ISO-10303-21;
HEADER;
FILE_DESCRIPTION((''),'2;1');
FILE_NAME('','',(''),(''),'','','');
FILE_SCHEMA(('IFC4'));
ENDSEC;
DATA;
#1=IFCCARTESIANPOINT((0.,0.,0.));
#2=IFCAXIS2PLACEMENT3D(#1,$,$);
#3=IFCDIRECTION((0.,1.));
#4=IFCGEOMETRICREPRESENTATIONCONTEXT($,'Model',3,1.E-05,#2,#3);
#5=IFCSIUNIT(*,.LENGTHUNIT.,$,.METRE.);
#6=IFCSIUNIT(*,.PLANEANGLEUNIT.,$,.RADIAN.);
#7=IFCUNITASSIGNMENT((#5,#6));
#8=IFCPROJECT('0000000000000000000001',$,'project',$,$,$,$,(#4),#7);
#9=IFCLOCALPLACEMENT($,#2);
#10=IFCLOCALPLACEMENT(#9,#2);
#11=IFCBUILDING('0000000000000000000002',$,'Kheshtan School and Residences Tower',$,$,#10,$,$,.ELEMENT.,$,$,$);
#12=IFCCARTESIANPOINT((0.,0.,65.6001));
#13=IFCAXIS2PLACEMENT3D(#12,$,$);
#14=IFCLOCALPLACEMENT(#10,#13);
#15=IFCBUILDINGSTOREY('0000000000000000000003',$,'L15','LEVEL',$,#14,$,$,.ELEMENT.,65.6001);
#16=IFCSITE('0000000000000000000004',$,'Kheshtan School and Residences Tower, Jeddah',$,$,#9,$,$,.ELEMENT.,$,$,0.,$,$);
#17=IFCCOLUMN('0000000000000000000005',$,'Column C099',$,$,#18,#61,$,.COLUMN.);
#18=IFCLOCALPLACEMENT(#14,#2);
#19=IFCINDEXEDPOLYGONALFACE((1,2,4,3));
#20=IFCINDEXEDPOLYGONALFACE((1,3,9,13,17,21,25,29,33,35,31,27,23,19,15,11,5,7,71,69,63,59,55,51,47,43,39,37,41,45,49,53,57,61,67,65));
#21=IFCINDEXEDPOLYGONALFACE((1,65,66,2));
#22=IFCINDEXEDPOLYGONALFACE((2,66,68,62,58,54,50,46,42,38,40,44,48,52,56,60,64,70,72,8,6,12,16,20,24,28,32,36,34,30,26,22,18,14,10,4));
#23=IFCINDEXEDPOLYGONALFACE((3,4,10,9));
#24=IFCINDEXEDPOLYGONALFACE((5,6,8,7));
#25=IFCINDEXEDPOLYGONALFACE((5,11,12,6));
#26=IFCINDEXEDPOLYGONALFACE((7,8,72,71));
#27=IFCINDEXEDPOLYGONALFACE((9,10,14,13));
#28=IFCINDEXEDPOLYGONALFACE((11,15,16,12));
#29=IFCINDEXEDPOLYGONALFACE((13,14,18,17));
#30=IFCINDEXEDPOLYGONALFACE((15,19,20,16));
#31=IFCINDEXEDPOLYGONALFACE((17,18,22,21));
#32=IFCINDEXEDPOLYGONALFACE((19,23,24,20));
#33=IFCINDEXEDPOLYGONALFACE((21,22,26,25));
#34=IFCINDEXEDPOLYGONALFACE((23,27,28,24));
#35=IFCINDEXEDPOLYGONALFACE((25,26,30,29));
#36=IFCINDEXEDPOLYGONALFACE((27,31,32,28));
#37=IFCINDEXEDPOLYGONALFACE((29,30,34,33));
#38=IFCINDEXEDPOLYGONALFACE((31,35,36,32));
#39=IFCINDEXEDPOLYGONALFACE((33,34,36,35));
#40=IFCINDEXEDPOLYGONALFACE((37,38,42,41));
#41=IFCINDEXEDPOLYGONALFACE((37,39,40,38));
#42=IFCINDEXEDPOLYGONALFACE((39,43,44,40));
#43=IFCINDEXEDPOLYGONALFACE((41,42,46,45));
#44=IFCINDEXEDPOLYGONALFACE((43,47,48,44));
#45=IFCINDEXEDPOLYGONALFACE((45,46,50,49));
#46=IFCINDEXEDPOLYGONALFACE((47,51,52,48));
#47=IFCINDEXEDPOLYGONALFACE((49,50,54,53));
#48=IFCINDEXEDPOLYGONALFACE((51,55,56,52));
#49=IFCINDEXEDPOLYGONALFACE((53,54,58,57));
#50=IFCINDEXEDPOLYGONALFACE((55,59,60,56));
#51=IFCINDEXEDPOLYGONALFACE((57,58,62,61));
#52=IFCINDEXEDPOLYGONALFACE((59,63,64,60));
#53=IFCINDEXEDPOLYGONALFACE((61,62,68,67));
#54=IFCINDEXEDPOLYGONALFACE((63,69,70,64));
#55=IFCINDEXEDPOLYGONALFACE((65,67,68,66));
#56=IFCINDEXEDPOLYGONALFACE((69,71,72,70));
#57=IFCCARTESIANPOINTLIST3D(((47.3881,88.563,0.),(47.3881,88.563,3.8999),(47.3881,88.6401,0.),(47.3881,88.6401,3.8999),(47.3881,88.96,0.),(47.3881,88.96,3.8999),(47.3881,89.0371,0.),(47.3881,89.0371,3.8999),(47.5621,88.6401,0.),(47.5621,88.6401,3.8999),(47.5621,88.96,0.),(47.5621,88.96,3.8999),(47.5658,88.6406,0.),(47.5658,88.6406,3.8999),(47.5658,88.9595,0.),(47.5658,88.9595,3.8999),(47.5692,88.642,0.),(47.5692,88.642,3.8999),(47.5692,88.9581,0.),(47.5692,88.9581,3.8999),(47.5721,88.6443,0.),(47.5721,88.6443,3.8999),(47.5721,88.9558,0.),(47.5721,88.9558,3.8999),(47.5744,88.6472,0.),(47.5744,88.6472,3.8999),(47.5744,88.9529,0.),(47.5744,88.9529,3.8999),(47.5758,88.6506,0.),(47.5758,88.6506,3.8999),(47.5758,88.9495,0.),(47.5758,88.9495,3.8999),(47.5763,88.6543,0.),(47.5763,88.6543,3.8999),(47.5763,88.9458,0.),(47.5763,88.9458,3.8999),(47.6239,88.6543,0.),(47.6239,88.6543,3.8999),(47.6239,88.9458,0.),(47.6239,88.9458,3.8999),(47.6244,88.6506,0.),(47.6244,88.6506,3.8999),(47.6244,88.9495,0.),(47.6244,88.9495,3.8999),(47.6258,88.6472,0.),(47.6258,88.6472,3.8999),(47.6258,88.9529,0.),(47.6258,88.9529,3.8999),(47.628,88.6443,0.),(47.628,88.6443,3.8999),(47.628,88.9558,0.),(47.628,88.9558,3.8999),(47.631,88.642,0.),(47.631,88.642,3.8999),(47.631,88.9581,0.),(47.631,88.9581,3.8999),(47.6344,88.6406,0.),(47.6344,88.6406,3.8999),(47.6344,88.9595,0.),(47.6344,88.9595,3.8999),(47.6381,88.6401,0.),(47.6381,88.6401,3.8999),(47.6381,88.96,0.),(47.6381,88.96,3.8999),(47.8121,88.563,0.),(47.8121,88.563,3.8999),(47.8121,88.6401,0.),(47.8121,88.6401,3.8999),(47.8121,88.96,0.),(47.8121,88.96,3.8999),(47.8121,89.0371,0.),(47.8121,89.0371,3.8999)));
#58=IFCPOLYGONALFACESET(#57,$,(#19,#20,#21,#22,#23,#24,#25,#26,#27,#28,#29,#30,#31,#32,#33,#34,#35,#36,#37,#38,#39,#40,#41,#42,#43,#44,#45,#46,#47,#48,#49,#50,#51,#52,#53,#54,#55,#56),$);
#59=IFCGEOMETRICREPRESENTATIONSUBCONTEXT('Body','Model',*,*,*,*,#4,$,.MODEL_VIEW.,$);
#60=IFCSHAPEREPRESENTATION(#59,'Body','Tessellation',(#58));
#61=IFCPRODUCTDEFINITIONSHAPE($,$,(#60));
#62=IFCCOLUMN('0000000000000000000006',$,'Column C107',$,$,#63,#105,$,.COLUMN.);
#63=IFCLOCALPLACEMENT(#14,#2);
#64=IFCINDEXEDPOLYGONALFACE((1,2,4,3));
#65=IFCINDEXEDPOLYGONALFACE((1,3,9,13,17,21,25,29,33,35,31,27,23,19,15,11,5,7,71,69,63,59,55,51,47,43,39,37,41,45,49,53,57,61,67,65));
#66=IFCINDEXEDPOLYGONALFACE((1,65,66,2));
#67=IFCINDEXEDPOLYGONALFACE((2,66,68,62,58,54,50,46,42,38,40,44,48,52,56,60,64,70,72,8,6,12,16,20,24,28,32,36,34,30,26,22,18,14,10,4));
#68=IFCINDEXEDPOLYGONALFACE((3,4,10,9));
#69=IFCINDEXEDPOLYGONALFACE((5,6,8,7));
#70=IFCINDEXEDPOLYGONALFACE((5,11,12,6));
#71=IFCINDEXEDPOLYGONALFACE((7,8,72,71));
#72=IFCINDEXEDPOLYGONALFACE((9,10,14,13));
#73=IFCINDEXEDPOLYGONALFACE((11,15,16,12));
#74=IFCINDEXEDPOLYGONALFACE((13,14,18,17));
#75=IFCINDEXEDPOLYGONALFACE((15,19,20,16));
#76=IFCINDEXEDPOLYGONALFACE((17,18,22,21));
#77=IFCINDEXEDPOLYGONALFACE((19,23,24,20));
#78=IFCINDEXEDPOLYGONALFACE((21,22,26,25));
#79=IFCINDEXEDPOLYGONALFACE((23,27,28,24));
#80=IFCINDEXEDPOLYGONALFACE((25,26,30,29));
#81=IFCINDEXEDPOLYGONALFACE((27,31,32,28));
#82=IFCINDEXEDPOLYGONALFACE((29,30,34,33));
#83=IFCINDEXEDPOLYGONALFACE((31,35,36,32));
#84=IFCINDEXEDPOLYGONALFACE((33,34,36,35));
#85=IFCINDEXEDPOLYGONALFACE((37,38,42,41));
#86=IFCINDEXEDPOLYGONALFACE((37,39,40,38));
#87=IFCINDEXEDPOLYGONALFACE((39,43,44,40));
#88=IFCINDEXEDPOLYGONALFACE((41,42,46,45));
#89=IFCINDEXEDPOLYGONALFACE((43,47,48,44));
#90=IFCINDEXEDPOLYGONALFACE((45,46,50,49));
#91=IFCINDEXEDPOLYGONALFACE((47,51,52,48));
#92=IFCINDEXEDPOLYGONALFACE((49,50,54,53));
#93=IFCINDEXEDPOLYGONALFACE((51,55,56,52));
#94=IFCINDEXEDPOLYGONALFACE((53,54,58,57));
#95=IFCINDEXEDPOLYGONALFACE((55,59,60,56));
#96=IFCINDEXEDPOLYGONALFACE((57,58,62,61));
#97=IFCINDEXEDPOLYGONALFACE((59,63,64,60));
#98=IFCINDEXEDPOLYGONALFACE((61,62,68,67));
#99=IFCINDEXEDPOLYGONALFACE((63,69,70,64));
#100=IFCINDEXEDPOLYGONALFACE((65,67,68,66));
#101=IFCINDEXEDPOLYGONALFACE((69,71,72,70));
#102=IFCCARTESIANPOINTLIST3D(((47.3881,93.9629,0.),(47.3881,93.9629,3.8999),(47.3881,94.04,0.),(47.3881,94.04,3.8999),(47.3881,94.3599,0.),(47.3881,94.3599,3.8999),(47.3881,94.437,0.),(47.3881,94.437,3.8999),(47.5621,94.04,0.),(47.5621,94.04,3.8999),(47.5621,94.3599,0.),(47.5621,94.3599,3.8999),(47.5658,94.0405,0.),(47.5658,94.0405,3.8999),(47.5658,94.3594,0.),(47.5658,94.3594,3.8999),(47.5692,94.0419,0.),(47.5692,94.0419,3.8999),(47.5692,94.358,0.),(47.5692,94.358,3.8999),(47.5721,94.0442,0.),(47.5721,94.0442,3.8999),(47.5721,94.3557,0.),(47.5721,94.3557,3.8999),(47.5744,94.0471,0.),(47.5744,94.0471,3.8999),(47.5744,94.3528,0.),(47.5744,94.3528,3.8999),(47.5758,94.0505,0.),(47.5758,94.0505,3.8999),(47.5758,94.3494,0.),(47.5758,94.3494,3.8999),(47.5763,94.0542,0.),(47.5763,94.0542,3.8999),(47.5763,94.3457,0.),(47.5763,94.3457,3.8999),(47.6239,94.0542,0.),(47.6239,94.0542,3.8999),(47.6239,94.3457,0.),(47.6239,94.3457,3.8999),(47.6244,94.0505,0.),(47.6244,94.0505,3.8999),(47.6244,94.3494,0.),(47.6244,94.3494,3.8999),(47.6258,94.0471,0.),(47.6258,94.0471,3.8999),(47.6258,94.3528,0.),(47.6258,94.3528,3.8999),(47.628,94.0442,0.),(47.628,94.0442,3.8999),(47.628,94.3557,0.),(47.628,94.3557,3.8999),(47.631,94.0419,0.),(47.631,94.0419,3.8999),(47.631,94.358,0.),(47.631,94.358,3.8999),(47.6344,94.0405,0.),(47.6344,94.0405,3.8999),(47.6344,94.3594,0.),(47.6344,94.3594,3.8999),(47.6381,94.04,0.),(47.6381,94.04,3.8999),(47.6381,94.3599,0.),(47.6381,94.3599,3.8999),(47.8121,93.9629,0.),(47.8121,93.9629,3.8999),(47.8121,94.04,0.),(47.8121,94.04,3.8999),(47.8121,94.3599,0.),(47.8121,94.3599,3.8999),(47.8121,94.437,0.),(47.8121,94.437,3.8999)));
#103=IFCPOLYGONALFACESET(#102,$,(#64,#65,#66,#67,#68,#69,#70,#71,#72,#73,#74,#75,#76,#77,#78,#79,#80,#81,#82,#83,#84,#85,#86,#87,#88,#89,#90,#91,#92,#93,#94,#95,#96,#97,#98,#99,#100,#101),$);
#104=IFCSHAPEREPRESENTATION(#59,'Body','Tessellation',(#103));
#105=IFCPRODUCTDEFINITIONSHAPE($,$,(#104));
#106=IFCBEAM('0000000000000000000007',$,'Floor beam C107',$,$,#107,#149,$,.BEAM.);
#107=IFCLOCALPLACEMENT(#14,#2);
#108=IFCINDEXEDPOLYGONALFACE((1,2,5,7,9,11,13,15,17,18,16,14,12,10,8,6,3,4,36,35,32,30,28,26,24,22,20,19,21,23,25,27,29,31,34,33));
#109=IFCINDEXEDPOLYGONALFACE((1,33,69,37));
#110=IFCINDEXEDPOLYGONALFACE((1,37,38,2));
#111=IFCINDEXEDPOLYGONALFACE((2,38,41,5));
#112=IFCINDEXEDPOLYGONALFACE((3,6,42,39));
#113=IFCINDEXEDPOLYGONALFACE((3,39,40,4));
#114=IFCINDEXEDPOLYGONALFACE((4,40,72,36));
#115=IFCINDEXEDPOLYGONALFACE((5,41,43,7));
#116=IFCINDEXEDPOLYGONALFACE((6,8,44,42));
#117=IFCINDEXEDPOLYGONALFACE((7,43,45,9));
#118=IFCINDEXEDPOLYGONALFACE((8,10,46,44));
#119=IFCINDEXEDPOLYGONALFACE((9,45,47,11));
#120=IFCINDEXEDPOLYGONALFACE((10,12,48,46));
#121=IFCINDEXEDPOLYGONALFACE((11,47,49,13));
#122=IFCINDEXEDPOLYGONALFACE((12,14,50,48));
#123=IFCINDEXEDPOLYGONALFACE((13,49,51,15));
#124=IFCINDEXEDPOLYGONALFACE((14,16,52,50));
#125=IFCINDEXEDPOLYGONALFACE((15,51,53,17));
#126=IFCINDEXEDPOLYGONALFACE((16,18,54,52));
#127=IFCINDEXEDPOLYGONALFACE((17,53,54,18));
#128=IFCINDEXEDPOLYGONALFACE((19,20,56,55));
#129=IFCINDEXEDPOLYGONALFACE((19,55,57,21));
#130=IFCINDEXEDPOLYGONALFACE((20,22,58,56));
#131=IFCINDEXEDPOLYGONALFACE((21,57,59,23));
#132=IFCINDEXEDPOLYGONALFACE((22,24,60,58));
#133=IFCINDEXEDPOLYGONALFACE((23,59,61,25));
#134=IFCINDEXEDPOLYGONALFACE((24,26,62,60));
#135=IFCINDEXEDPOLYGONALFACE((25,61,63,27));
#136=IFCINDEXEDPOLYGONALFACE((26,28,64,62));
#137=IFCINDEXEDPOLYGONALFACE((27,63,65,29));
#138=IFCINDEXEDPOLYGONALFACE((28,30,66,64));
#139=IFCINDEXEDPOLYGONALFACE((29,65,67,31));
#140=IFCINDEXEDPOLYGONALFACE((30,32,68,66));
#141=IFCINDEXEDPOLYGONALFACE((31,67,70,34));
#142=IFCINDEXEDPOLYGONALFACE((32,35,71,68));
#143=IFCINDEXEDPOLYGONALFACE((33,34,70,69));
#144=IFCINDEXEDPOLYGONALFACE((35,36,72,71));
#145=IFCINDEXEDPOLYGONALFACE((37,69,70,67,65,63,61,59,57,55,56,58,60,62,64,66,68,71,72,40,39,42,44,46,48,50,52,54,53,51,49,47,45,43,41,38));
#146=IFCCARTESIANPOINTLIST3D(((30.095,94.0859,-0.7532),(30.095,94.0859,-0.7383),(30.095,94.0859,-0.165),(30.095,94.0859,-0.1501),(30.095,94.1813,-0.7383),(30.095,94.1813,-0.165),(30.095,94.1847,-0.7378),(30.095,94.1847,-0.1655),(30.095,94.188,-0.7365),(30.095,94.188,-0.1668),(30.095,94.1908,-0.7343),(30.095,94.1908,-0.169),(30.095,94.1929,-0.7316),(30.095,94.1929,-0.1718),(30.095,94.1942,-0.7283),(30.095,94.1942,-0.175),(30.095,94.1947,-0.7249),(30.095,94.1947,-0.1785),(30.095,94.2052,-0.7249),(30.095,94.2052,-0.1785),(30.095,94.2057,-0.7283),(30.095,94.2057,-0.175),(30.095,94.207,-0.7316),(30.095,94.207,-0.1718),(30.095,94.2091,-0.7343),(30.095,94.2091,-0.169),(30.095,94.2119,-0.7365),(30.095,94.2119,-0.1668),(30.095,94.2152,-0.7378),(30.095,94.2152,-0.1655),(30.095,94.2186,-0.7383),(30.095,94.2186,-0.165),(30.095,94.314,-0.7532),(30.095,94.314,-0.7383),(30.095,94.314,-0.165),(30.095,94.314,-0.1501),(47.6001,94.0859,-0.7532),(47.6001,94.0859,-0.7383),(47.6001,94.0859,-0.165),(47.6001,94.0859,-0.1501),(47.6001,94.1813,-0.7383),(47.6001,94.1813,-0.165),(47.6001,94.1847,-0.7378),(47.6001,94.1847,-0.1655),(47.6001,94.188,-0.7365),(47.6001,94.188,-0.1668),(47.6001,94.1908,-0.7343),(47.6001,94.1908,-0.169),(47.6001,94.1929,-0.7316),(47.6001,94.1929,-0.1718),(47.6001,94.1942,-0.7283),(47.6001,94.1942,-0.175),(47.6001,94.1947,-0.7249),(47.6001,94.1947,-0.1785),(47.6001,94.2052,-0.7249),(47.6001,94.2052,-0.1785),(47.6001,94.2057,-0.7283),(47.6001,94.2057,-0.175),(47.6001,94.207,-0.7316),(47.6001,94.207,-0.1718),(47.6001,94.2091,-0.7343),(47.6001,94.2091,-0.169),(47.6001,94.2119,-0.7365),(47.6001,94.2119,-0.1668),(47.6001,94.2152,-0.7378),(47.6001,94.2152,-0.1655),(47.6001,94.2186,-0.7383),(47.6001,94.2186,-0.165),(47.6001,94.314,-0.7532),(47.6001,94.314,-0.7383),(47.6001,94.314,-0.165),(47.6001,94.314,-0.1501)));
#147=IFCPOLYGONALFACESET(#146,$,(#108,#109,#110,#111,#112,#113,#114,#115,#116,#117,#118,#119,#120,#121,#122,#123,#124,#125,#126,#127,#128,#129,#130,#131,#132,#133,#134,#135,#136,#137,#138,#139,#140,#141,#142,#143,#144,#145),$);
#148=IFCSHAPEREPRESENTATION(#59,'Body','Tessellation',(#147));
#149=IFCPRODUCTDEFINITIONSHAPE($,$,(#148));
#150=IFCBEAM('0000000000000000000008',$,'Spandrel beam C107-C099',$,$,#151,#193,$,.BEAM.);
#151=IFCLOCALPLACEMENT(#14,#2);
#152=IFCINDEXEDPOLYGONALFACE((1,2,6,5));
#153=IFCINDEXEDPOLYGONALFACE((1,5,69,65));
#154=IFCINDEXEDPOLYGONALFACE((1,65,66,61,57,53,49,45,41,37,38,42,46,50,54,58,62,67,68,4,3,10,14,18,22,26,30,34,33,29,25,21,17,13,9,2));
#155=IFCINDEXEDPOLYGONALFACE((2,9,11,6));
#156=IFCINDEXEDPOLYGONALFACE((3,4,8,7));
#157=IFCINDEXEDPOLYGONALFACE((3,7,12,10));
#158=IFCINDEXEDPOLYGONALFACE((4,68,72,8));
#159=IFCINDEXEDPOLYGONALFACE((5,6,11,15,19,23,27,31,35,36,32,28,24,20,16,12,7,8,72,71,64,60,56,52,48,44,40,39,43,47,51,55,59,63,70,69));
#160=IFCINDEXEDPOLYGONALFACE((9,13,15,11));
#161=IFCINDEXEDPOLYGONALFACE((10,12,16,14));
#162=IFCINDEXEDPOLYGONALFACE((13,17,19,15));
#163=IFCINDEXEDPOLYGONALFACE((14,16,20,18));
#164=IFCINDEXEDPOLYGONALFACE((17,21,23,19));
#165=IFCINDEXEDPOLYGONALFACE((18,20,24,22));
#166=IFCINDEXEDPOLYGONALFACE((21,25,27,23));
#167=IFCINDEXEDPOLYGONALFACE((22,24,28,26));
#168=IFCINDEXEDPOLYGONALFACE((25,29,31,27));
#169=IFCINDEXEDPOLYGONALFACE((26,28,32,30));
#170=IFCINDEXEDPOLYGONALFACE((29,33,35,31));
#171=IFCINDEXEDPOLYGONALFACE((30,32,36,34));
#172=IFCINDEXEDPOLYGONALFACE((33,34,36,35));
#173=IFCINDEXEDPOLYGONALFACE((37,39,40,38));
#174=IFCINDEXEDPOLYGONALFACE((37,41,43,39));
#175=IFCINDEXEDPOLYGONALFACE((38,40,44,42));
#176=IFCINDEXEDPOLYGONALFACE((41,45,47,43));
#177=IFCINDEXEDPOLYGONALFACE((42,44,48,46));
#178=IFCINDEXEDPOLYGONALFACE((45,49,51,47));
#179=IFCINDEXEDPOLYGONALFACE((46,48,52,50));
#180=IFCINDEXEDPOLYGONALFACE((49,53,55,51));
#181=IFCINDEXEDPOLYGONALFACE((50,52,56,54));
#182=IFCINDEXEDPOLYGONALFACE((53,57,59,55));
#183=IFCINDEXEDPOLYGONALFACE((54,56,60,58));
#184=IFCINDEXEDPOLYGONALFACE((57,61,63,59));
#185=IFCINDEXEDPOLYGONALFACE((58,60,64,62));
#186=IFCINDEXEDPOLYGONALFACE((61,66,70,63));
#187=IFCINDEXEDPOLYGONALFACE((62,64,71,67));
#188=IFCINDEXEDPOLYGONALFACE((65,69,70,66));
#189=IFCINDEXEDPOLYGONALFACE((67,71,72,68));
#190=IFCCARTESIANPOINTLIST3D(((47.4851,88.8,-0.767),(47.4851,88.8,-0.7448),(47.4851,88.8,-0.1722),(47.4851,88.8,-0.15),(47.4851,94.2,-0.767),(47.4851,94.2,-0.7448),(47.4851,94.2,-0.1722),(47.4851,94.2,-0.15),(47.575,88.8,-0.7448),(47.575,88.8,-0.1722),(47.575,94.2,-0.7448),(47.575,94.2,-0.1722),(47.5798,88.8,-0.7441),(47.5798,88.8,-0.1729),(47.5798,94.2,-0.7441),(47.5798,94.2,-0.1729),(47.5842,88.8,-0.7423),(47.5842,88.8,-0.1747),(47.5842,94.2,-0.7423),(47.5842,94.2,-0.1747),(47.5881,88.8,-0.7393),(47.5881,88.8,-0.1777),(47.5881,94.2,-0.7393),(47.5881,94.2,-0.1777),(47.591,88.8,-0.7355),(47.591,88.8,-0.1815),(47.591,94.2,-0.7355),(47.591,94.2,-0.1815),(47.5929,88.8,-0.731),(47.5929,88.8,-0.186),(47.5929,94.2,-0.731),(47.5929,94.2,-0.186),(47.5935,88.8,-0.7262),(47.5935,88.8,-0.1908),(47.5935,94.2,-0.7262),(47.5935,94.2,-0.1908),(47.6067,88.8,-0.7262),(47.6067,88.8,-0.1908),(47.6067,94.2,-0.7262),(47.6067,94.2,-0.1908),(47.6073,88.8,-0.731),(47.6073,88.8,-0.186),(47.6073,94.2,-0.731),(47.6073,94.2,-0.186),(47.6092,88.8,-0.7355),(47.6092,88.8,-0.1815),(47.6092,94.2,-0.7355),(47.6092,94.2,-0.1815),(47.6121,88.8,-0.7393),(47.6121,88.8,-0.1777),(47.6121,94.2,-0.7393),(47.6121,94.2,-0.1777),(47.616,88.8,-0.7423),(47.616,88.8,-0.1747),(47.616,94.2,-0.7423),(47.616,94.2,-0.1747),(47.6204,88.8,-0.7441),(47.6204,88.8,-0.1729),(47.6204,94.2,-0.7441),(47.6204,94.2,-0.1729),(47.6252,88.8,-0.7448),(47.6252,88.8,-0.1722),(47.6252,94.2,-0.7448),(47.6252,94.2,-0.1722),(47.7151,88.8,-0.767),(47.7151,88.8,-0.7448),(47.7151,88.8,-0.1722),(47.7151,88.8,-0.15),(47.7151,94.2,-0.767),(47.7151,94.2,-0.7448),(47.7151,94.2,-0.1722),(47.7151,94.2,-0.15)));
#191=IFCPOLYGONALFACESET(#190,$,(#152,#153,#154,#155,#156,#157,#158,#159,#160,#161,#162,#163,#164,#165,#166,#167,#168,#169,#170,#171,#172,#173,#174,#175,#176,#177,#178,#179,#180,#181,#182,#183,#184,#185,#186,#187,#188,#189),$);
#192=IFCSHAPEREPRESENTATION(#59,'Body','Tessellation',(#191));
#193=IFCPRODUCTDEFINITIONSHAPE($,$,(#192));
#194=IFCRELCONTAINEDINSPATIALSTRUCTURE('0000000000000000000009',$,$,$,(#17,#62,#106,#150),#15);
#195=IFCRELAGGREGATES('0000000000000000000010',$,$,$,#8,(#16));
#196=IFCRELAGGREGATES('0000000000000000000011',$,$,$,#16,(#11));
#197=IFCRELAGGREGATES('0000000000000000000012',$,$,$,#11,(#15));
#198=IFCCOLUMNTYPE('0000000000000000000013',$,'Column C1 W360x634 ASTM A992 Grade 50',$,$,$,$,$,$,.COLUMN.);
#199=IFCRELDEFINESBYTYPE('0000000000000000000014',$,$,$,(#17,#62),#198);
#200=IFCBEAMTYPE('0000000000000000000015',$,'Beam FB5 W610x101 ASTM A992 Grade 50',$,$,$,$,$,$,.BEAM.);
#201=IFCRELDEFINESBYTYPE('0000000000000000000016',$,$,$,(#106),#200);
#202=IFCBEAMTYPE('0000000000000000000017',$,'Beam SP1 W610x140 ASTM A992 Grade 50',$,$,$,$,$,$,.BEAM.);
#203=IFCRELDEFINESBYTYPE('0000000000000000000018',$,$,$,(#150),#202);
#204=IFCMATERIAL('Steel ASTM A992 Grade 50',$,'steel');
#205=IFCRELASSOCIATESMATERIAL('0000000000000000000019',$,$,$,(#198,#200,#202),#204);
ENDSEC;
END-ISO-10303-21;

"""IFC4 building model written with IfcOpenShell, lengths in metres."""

from ifc_helpers import new_model, si_unit, direction, frame, origin, origin_2d, place, context, subcontext, project, spatial, i_section, extrude, material, material_profile, profile_set, type_object, element, save


model = new_model("IFC4")

# Units and contexts
model_context = context("Model", 3, precision=1e-05, world=origin(), true_north=direction((0.0, 1.0)))
body_context = subcontext(model_context, "Body", "Model", "MODEL_VIEW")
ifc_project = project(units=[si_unit("LENGTHUNIT", "METRE"), si_unit("PLANEANGLEUNIT", "RADIAN")], contexts=[model_context])

# Site, building, storey
site_placement = place(None, origin())
site = spatial("IfcSite", under=ifc_project, at=site_placement, Name="Kheshtan School and Residences Tower, Jeddah", CompositionType="ELEMENT", RefElevation=0.0)
building_placement = place(site_placement, origin())
building = spatial("IfcBuilding", under=site, at=building_placement, Name="Kheshtan School and Residences Tower", CompositionType="ELEMENT")
storey_placement = place(building_placement, frame((0.0, 0.0, 65.6001)))
storey = spatial("IfcBuildingStorey", under=building, at=storey_placement, Name="L15", Description="LEVEL", CompositionType="ELEMENT", Elevation=65.6001)

# Columns
ifc_material_1 = material(Name="Steel ASTM A992 Grade 50", Category="steel")
ifc_material_profile_1 = material_profile(ifc_material_1, i_section(OverallWidth=0.4241, OverallDepth=0.4741, WebThickness=0.0476, FlangeThickness=0.0771, FilletRadius=0.0142, at=origin_2d()), Name="W360x634")
ifc_profile_set_1 = profile_set([ifc_material_profile_1], Name="Steel ASTM A992 Grade 50")
column_type = type_object("IfcColumnType", Name="Column C1 W360x634 ASTM A992 Grade 50", PredefinedType="COLUMN", material=ifc_profile_set_1)
for number, where, z_axis, x_axis, name in (
    (1, (47.6001, 88.8, 0.0), (0.0, 0.0, 1.0), (1.0, 0.0, 0.0), "Column C099"),
    (2, (47.6001, 94.2, 0.0), (0.0, 0.0, 1.0), (1.0, 0.0, 0.0), "Column C107"),
):
    element("IfcColumn", number, at=place(storey_placement, frame(where, z_axis=z_axis, x_axis=x_axis)), inside=storey, type_object=column_type, Name=name, PredefinedType="COLUMN", context=body_context, shape_type="SweptSolid", body=[
        extrude(i_section(OverallWidth=0.4241, OverallDepth=0.4741, WebThickness=0.0476, FlangeThickness=0.0771, FilletRadius=0.0142, at=origin_2d()), origin(), (0.0, 0.0, 1.0), 3.8999),
    ])

# Beams
ifc_material_profile_2 = material_profile(ifc_material_1, i_section(OverallWidth=0.228, OverallDepth=0.603, WebThickness=0.0105, FlangeThickness=0.0149, FilletRadius=0.0134, at=origin_2d()), Name="W610x101")
ifc_profile_set_2 = profile_set([ifc_material_profile_2], Name="Steel ASTM A992 Grade 50")
beam_type_1 = type_object("IfcBeamType", Name="Beam FB5 W610x101 ASTM A992 Grade 50", PredefinedType="BEAM", material=ifc_profile_set_2)
beam_1_placement = place(storey_placement, frame((47.6001, 94.2, -0.4517), z_axis=(-1.0, 0.0, 0.0), x_axis=(0.0, -1.0, 0.0)))
element("IfcBeam", 3, at=beam_1_placement, inside=storey, type_object=beam_type_1, Name="Floor beam C107", PredefinedType="BEAM", context=body_context, shape_type="SweptSolid", body=[
    extrude(i_section(OverallWidth=0.228, OverallDepth=0.603, WebThickness=0.0105, FlangeThickness=0.0149, FilletRadius=0.0134, at=origin_2d()), origin(), (0.0, 0.0, 1.0), 17.5051),
])
ifc_material_profile_3 = material_profile(ifc_material_1, i_section(OverallWidth=0.23, OverallDepth=0.6169, WebThickness=0.0132, FlangeThickness=0.0222, FilletRadius=0.0186, at=origin_2d()), Name="W610x140")
ifc_profile_set_3 = profile_set([ifc_material_profile_3], Name="Steel ASTM A992 Grade 50")
beam_type_2 = type_object("IfcBeamType", Name="Beam SP1 W610x140 ASTM A992 Grade 50", PredefinedType="BEAM", material=ifc_profile_set_3)
beam_2_placement = place(storey_placement, frame((47.6001, 94.2, -0.4585), z_axis=(0.0, -1.0, 0.0), x_axis=(1.0, 0.0, 0.0)))
element("IfcBeam", 4, at=beam_2_placement, inside=storey, type_object=beam_type_2, Name="Spandrel beam C107-C099", PredefinedType="BEAM", context=body_context, shape_type="SweptSolid", body=[
    extrude(i_section(OverallWidth=0.23, OverallDepth=0.6169, WebThickness=0.0132, FlangeThickness=0.0222, FilletRadius=0.0186, at=origin_2d()), origin(), (0.0, 0.0, 1.0), 5.3999),
])

save(model, "model.ifc")
